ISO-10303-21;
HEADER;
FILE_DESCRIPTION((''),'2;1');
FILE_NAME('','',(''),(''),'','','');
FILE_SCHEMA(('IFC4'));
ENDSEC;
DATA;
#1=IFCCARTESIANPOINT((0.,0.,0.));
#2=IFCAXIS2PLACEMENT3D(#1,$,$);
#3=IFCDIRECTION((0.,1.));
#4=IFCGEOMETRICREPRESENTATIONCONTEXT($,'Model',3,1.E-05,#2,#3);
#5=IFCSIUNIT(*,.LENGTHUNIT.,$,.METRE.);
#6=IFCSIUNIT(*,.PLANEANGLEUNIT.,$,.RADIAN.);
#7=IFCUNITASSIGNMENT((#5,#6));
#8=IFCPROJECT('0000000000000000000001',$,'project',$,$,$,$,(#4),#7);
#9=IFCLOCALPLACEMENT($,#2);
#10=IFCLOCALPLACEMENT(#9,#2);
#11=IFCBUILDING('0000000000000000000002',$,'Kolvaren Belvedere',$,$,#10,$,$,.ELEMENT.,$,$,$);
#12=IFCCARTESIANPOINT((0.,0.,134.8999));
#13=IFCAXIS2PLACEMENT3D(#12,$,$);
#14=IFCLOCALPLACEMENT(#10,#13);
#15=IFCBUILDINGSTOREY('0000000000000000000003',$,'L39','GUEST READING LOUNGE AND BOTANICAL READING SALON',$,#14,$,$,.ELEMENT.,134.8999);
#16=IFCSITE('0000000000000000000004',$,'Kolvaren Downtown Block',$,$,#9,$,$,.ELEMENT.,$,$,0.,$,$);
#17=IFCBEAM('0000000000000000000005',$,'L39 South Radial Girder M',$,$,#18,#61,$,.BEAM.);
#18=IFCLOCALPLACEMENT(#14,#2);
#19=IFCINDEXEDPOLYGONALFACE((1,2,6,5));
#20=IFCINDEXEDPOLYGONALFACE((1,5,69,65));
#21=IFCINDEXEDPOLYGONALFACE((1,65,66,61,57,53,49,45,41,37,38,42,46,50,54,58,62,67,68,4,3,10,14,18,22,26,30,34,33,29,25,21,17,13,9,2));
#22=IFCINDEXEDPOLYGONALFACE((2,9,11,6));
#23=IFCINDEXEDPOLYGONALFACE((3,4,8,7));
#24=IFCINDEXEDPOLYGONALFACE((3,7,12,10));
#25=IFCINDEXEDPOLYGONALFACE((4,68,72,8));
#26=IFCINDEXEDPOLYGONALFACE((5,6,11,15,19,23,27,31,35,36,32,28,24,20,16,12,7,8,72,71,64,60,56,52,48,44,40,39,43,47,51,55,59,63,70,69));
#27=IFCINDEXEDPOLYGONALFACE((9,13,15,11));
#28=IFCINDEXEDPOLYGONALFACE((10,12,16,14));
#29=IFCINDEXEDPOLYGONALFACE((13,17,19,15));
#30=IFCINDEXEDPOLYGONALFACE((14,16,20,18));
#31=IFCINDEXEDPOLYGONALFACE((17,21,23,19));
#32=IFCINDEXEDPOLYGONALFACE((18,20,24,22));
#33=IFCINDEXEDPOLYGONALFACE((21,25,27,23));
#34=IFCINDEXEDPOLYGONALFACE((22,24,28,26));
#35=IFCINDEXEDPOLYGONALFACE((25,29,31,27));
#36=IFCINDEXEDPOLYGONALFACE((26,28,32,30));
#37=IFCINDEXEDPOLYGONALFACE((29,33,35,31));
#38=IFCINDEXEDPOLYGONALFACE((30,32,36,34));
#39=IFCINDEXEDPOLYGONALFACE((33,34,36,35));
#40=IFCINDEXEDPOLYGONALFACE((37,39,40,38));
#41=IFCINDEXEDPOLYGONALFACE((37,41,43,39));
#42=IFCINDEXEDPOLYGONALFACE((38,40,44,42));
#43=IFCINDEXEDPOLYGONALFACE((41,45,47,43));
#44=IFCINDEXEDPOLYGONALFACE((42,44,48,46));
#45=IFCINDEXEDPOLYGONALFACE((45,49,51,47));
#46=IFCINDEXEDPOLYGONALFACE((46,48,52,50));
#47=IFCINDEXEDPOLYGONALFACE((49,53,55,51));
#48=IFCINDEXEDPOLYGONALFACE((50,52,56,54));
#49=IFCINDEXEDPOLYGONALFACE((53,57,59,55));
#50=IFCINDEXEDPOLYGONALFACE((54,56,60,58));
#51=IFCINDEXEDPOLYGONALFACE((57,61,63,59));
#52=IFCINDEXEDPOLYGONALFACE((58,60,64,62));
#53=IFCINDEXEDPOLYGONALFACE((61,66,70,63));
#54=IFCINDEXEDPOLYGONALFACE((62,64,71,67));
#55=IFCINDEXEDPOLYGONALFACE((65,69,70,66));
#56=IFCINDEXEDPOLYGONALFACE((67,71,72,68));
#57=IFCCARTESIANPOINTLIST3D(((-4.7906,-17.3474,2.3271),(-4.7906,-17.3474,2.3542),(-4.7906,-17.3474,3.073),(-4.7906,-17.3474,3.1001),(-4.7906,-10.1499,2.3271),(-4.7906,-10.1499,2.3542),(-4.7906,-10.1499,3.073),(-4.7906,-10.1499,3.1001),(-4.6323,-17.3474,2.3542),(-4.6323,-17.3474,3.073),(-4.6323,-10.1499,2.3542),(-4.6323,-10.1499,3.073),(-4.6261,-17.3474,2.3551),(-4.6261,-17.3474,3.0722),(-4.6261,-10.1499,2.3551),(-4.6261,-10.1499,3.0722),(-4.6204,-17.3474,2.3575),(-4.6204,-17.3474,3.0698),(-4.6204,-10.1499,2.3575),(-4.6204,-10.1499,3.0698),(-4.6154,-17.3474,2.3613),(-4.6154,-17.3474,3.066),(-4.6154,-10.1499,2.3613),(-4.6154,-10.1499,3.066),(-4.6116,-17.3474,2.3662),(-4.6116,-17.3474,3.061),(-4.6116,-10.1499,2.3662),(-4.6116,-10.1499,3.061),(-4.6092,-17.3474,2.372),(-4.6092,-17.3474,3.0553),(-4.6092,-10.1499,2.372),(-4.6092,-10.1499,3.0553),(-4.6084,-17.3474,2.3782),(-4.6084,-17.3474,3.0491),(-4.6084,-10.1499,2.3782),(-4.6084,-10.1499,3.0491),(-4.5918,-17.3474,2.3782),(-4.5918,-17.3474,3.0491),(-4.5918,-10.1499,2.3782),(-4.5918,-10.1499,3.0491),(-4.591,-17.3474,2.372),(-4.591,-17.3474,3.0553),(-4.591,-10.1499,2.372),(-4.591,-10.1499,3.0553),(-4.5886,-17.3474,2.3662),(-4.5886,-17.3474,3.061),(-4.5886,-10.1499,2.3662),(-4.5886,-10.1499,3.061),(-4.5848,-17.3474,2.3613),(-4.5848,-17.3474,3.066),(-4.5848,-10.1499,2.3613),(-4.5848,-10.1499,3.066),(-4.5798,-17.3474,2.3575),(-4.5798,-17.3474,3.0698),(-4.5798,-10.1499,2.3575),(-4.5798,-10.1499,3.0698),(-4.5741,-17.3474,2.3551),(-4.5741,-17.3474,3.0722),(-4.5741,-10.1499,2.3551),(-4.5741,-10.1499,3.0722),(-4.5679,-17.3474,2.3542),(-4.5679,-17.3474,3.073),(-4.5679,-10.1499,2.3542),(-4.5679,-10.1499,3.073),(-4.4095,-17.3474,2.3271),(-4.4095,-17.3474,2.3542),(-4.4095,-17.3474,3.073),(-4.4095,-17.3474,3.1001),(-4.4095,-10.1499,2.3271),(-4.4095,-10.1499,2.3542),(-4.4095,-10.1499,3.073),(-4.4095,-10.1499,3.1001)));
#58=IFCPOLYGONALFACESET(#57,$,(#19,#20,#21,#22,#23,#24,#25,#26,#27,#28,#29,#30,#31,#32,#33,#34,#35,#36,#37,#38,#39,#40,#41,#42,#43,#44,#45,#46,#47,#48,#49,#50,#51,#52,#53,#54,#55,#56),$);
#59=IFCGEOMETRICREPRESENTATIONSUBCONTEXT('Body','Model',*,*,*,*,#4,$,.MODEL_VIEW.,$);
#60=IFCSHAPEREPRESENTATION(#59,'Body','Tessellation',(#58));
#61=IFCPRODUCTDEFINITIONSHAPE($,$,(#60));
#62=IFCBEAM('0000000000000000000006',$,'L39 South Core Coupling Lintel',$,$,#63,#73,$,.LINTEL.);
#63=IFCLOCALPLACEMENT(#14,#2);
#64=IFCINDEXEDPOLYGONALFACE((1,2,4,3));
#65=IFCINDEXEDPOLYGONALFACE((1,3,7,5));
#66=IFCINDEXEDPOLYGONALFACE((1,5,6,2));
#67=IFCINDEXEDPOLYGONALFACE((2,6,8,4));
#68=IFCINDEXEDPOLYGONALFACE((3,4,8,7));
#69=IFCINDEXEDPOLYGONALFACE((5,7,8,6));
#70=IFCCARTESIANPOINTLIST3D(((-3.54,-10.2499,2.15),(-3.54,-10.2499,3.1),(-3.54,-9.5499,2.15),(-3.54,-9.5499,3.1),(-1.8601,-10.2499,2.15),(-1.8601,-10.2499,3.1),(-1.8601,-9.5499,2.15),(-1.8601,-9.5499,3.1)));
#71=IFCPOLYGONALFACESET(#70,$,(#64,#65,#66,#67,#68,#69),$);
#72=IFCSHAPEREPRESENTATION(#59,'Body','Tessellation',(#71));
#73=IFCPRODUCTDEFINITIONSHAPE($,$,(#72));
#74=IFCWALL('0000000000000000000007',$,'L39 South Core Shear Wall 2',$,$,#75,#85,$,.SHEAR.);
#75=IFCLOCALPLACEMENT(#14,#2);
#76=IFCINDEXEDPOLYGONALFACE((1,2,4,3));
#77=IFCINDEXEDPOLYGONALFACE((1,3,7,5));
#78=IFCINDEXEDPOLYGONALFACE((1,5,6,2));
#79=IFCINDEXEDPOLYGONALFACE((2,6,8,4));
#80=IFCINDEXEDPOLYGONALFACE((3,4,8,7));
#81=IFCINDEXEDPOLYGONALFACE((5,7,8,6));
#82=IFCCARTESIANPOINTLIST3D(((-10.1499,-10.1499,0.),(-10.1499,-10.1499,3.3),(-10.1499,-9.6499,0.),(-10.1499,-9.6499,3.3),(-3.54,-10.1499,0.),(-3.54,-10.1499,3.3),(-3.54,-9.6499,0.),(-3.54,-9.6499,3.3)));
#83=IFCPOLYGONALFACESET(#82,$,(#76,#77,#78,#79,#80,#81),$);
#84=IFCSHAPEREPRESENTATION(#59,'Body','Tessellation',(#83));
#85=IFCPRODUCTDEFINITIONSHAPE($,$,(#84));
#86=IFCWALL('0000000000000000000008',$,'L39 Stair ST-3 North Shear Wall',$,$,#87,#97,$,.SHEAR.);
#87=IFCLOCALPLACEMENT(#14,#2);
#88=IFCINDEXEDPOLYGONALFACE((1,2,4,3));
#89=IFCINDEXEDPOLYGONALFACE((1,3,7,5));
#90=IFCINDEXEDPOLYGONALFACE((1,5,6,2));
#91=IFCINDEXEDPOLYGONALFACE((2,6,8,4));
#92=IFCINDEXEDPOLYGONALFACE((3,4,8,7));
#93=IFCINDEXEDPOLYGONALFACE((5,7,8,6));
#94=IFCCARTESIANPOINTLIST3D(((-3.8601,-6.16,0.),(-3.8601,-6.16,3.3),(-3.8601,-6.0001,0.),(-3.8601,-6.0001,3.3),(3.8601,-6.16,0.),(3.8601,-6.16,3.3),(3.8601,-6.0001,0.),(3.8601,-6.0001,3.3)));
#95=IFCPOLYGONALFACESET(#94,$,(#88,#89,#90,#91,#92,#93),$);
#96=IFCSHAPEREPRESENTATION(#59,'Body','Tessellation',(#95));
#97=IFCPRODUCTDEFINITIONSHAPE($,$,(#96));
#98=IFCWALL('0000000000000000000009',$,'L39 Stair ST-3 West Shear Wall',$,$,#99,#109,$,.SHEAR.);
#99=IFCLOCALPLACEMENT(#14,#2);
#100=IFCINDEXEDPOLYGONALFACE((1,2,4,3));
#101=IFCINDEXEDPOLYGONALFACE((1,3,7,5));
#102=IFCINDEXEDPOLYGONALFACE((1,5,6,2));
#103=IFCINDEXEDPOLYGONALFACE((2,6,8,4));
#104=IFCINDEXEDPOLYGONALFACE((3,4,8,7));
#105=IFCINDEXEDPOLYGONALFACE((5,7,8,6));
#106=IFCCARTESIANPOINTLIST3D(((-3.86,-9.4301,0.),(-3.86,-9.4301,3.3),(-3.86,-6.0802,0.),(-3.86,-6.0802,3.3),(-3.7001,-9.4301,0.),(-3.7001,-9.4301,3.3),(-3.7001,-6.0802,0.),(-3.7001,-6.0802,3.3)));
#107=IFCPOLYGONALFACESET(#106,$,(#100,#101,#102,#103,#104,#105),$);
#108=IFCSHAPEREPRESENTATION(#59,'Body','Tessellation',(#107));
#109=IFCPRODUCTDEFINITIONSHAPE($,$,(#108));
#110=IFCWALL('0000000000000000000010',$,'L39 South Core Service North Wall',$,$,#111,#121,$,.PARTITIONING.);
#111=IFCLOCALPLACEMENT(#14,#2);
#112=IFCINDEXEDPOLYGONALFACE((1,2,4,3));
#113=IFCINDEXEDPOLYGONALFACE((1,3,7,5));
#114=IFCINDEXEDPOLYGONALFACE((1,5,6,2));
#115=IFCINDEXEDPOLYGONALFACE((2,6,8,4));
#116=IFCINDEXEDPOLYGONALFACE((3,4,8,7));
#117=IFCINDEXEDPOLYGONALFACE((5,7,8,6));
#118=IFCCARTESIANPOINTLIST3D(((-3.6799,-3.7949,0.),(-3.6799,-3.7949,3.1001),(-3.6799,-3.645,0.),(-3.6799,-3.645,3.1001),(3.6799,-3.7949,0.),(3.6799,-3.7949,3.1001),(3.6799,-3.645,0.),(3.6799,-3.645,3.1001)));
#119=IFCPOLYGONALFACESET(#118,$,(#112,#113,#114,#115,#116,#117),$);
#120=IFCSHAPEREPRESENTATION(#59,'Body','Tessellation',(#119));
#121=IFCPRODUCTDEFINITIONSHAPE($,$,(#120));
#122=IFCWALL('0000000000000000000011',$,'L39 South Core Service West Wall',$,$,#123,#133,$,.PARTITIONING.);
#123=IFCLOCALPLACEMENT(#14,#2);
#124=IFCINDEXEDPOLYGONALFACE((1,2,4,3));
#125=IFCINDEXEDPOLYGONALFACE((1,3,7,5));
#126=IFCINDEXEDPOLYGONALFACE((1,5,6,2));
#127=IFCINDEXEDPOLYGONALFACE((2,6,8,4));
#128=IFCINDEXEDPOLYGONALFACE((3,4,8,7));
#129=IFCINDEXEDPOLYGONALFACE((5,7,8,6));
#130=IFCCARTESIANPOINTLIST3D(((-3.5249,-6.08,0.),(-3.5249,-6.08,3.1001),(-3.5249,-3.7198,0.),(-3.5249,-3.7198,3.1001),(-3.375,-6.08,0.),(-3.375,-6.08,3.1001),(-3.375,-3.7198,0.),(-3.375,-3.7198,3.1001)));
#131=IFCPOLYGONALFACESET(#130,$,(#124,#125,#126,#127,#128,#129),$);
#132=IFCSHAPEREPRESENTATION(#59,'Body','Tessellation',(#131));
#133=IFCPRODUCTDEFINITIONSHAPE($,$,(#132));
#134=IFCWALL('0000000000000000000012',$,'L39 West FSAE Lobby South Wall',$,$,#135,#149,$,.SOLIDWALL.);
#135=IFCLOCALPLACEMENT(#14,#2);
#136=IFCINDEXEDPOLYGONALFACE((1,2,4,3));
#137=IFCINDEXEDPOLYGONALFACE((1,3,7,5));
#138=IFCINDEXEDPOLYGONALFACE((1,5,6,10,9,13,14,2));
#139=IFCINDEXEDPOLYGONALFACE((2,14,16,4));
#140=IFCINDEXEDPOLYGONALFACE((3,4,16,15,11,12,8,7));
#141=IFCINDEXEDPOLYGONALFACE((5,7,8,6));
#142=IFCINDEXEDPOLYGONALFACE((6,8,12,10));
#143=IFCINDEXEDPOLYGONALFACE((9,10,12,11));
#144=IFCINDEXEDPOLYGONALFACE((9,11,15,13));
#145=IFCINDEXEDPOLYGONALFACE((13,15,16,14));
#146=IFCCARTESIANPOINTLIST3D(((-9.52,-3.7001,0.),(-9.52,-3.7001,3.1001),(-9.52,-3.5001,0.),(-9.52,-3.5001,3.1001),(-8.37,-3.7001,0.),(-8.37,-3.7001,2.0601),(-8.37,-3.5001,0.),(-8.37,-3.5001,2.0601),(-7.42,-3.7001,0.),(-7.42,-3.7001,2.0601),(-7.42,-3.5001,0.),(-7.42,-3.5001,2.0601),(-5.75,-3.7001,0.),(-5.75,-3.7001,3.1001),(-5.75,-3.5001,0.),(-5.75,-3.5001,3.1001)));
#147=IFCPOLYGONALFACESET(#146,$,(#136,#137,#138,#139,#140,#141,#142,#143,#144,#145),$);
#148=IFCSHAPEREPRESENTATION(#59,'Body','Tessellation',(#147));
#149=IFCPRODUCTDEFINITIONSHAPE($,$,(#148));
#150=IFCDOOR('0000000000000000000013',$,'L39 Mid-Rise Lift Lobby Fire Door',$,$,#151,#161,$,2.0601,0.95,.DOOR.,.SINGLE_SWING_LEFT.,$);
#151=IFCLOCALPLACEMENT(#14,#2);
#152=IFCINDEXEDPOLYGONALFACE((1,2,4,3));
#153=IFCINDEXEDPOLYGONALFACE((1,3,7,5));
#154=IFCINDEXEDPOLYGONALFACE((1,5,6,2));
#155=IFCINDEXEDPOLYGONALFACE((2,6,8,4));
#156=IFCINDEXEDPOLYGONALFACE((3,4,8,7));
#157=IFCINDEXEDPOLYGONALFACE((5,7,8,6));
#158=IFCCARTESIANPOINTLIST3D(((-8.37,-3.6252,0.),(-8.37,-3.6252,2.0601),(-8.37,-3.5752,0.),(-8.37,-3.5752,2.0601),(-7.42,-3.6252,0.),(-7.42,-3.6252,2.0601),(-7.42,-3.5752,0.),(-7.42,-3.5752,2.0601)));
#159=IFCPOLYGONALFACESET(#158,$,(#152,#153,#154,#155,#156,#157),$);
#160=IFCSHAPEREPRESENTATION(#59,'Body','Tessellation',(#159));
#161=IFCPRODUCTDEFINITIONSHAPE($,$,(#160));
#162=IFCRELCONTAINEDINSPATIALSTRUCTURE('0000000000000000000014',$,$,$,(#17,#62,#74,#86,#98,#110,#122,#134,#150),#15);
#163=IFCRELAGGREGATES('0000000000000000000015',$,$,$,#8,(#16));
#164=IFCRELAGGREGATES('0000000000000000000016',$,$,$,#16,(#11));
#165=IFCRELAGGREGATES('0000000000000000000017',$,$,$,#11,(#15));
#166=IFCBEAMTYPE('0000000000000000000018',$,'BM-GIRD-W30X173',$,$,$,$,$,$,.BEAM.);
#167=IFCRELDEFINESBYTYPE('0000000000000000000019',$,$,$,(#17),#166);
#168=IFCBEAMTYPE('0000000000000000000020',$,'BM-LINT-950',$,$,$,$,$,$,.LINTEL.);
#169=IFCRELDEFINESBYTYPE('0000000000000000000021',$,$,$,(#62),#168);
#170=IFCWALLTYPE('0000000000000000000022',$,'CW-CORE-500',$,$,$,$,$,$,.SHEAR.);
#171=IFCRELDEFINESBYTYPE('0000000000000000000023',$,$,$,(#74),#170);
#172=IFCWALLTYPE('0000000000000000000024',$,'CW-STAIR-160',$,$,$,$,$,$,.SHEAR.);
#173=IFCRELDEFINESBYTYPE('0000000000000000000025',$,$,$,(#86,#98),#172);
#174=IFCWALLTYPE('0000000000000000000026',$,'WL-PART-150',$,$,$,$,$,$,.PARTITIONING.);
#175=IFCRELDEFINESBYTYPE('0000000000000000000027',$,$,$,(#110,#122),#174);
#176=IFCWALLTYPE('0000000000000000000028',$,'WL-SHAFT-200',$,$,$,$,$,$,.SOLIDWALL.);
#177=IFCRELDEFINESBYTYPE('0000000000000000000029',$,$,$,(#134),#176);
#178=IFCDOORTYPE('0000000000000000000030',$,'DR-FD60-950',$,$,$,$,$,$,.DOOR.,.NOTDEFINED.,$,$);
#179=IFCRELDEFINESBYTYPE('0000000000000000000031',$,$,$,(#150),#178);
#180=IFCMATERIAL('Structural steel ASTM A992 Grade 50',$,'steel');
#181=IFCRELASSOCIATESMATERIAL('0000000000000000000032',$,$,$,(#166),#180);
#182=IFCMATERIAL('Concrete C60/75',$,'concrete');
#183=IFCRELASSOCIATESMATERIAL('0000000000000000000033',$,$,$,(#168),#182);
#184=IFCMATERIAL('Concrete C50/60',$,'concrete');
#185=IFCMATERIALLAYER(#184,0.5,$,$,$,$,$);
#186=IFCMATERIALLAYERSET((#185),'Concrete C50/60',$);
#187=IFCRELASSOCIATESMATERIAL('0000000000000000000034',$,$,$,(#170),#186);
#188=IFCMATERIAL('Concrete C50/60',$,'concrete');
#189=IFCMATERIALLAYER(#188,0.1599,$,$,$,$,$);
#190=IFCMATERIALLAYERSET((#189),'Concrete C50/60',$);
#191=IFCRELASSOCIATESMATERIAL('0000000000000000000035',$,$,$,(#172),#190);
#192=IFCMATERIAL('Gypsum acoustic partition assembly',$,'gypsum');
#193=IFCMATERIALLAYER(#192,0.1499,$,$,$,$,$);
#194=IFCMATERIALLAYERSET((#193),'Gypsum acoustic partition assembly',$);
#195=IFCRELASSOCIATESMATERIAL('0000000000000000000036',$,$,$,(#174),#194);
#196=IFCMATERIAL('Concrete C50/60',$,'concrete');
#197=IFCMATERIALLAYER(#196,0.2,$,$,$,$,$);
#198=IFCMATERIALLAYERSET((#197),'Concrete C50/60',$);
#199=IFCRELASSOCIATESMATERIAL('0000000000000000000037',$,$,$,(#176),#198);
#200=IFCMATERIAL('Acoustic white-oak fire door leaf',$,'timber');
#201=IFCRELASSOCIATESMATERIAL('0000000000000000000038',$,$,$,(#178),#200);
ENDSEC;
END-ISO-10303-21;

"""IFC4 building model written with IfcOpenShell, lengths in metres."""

from ifc_helpers import new_model, si_unit, direction, frame, frame_2d, origin, origin_2d, place, context, subcontext, project, spatial, rectangle, i_section, extrude, material, layer, layer_set, material_profile, profile_set, type_object, element, fill, save


model = new_model("IFC4")

# Units and contexts
model_context = context("Model", 3, precision=1e-05, world=origin(), true_north=direction((0.0, 1.0)))
body_context = subcontext(model_context, "Body", "Model", "MODEL_VIEW")
ifc_project = project(units=[si_unit("LENGTHUNIT", "METRE"), si_unit("PLANEANGLEUNIT", "RADIAN")], contexts=[model_context])

# Site, building, storey
site_placement = place(None, origin())
site = spatial("IfcSite", under=ifc_project, at=site_placement, Name="Kolvaren Downtown Block", CompositionType="ELEMENT", RefElevation=0.0)
building_placement = place(site_placement, origin())
building = spatial("IfcBuilding", under=site, at=building_placement, Name="Kolvaren Belvedere", CompositionType="ELEMENT")
storey_placement = place(building_placement, frame((0.0, 0.0, 134.8999)))
storey = spatial("IfcBuildingStorey", under=building, at=storey_placement, Name="L39", Description="GUEST READING LOUNGE AND BOTANICAL READING SALON", CompositionType="ELEMENT", Elevation=134.8999)

# Beams
ifc_material_1 = material(Name="Structural steel ASTM A992 Grade 50", Category="steel")
ifc_material_profile_1 = material_profile(ifc_material_1, i_section(OverallWidth=0.3811, OverallDepth=0.7729, WebThickness=0.0166, FlangeThickness=0.0271, FilletRadius=0.0239, at=origin_2d()), Name="W30X173")
ifc_profile_set_1 = profile_set([ifc_material_profile_1], Name="Structural steel ASTM A992 Grade 50")
beam_type_1 = type_object("IfcBeamType", Name="BM-GIRD-W30X173", PredefinedType="BEAM", material=ifc_profile_set_1)
beam_1_placement = place(storey_placement, frame((-4.6001, -10.1499, 2.7136), z_axis=(0.0, -1.0, 0.0), x_axis=(1.0, 0.0, 0.0)))
element("IfcBeam", 1, at=beam_1_placement, inside=storey, type_object=beam_type_1, Name="L39 South Radial Girder M", PredefinedType="BEAM", context=body_context, shape_type="SweptSolid", body=[
    extrude(i_section(OverallWidth=0.3811, OverallDepth=0.7729, WebThickness=0.0166, FlangeThickness=0.0271, FilletRadius=0.0239, at=origin_2d()), origin(), (0.0, 0.0, 1.0), 7.1975),
])
ifc_material_2 = material(Name="Concrete C60/75", Category="concrete")
ifc_material_profile_2 = material_profile(ifc_material_2, rectangle(XDim=0.7, YDim=0.95, at=origin_2d()), Name="RC 700X950")
ifc_profile_set_2 = profile_set([ifc_material_profile_2], Name="Concrete C60/75")
beam_type_2 = type_object("IfcBeamType", Name="BM-LINT-950", PredefinedType="LINTEL", material=ifc_profile_set_2)
beam_2_placement = place(storey_placement, frame((-3.54, -9.8999, 2.625), z_axis=(1.0, 0.0, 0.0), x_axis=(0.0, 1.0, 0.0)))
element("IfcBeam", 2, at=beam_2_placement, inside=storey, type_object=beam_type_2, Name="L39 South Core Coupling Lintel", PredefinedType="LINTEL", context=body_context, shape_type="SweptSolid", body=[
    extrude(rectangle(XDim=0.7, YDim=0.95, at=origin_2d()), origin(), (0.0, 0.0, 1.0), 1.6799),
])

# Walls
ifc_material_3 = material(Name="Concrete C50/60", Category="concrete")
ifc_layer_1 = layer(ifc_material_3, 0.5)
ifc_layer_set_1 = layer_set([ifc_layer_1], Name="Concrete C50/60")
wall_type_1 = type_object("IfcWallType", Name="CW-CORE-500", PredefinedType="SHEAR", material=ifc_layer_set_1)
wall_1_placement = place(storey_placement, frame((-3.54, -9.8999, 0.0), z_axis=(0.0, 0.0, 1.0), x_axis=(-1.0, 0.0, 0.0)))
element("IfcWall", 3, at=wall_1_placement, inside=storey, type_object=wall_type_1, Name="L39 South Core Shear Wall 2", PredefinedType="SHEAR", context=body_context, shape_type="SweptSolid", body=[
    extrude(rectangle(XDim=6.6099, YDim=0.5, at=frame_2d((3.3049, 0.0))), origin(), (0.0, 0.0, 1.0), 3.3),
])
ifc_material_4 = material(Name="Concrete C50/60", Category="concrete")
ifc_layer_2 = layer(ifc_material_4, 0.1599)
ifc_layer_set_2 = layer_set([ifc_layer_2], Name="Concrete C50/60")
wall_type_2 = type_object("IfcWallType", Name="CW-STAIR-160", PredefinedType="SHEAR", material=ifc_layer_set_2)
wall_2_placement = place(storey_placement, frame((-3.8601, -6.0801, 0.0), z_axis=(0.0, 0.0, 1.0), x_axis=(1.0, 0.0, 0.0)))
element("IfcWall", 4, at=wall_2_placement, inside=storey, type_object=wall_type_2, Name="L39 Stair ST-3 North Shear Wall", PredefinedType="SHEAR", context=body_context, shape_type="SweptSolid", body=[
    extrude(rectangle(XDim=7.7202, YDim=0.1599, at=frame_2d((3.8601, 0.0))), origin(), (0.0, 0.0, 1.0), 3.3),
])
wall_3_placement = place(storey_placement, frame((-3.78, -9.4299, 0.0), z_axis=(0.0, 0.0, 1.0), x_axis=(0.0, 1.0, 0.0)))
element("IfcWall", 5, at=wall_3_placement, inside=storey, type_object=wall_type_2, Name="L39 Stair ST-3 West Shear Wall", PredefinedType="SHEAR", context=body_context, shape_type="SweptSolid", body=[
    extrude(rectangle(XDim=3.3499, YDim=0.1599, at=frame_2d((1.6748, 0.0))), origin(), (0.0, 0.0, 1.0), 3.3),
])
ifc_material_5 = material(Name="Gypsum acoustic partition assembly", Category="gypsum")
ifc_layer_3 = layer(ifc_material_5, 0.1499)
ifc_layer_set_3 = layer_set([ifc_layer_3], Name="Gypsum acoustic partition assembly")
wall_type_3 = type_object("IfcWallType", Name="WL-PART-150", PredefinedType="PARTITIONING", material=ifc_layer_set_3)
wall_4_placement = place(storey_placement, frame((-3.6799, -3.72, 0.0), z_axis=(0.0, 0.0, 1.0), x_axis=(1.0, 0.0, 0.0)))
element("IfcWall", 6, at=wall_4_placement, inside=storey, type_object=wall_type_3, Name="L39 South Core Service North Wall", PredefinedType="PARTITIONING", context=body_context, shape_type="SweptSolid", body=[
    extrude(rectangle(XDim=7.3599, YDim=0.1499, at=frame_2d((3.6799, 0.0))), origin(), (0.0, 0.0, 1.0), 3.1001),
])
wall_5_placement = place(storey_placement, frame((-3.45, -6.0801, 0.0), z_axis=(0.0, 0.0, 1.0), x_axis=(0.0, 1.0, 0.0)))
element("IfcWall", 7, at=wall_5_placement, inside=storey, type_object=wall_type_3, Name="L39 South Core Service West Wall", PredefinedType="PARTITIONING", context=body_context, shape_type="SweptSolid", body=[
    extrude(rectangle(XDim=2.3601, YDim=0.1499, at=frame_2d((1.1802, 0.0))), origin(), (0.0, 0.0, 1.0), 3.1001),
])

# Wall, opening, door
ifc_material_6 = material(Name="Concrete C50/60", Category="concrete")
ifc_layer_4 = layer(ifc_material_6, 0.2)
ifc_layer_set_4 = layer_set([ifc_layer_4], Name="Concrete C50/60")
wall_type_4 = type_object("IfcWallType", Name="WL-SHAFT-200", PredefinedType="SOLIDWALL", material=ifc_layer_set_4)
wall_6_placement = place(storey_placement, frame((-9.52, -3.6001, 0.0), z_axis=(0.0, 0.0, 1.0), x_axis=(1.0, 0.0, 0.0)))
wall_6 = element("IfcWall", 8, at=wall_6_placement, inside=storey, type_object=wall_type_4, Name="L39 West FSAE Lobby South Wall", PredefinedType="SOLIDWALL", context=body_context, shape_type="SweptSolid", body=[
    extrude(rectangle(XDim=3.77, YDim=0.2, at=frame_2d((1.885, 0.0))), origin(), (0.0, 0.0, 1.0), 3.1001),
])
opening_1_placement = place(wall_6_placement, frame((1.1499, 0.0, 0.0)))
opening_1 = element("IfcOpeningElement", 9, at=opening_1_placement, cuts=wall_6, PredefinedType="OPENING", context=body_context, shape_type="SweptSolid", body=[
    extrude(rectangle(XDim=0.95, YDim=2.0601, at=frame_2d((0.4751, 1.03))), frame((0.0, 0.1099, 0.0), z_axis=(0.0, -1.0, 0.0), x_axis=(1.0, 0.0, 0.0)), (0.0, 0.0, 1.0), 0.22),
])
ifc_material_7 = material(Name="Acoustic white-oak fire door leaf", Category="timber")
door_type_1 = type_object("IfcDoorType", Name="DR-FD60-950", OperationType="NOTDEFINED", PredefinedType="DOOR", material=ifc_material_7)
door_1_placement = place(opening_1_placement, origin())
door_1 = element("IfcDoor", 10, at=door_1_placement, inside=storey, type_object=door_type_1, Name="L39 Mid-Rise Lift Lobby Fire Door", OperationType="SINGLE_SWING_LEFT", OverallHeight=2.0601, OverallWidth=0.95, PredefinedType="DOOR", context=body_context, shape_type="SweptSolid", body=[
    extrude(rectangle(XDim=0.95, YDim=2.0601, at=frame_2d((0.4751, 1.03))), frame((0.0, 0.0249, 0.0), z_axis=(0.0, -1.0, 0.0), x_axis=(1.0, 0.0, 0.0)), (0.0, 0.0, 1.0), 0.05),
])
fill(opening_1, door_1)

save(model, "model.ifc")
